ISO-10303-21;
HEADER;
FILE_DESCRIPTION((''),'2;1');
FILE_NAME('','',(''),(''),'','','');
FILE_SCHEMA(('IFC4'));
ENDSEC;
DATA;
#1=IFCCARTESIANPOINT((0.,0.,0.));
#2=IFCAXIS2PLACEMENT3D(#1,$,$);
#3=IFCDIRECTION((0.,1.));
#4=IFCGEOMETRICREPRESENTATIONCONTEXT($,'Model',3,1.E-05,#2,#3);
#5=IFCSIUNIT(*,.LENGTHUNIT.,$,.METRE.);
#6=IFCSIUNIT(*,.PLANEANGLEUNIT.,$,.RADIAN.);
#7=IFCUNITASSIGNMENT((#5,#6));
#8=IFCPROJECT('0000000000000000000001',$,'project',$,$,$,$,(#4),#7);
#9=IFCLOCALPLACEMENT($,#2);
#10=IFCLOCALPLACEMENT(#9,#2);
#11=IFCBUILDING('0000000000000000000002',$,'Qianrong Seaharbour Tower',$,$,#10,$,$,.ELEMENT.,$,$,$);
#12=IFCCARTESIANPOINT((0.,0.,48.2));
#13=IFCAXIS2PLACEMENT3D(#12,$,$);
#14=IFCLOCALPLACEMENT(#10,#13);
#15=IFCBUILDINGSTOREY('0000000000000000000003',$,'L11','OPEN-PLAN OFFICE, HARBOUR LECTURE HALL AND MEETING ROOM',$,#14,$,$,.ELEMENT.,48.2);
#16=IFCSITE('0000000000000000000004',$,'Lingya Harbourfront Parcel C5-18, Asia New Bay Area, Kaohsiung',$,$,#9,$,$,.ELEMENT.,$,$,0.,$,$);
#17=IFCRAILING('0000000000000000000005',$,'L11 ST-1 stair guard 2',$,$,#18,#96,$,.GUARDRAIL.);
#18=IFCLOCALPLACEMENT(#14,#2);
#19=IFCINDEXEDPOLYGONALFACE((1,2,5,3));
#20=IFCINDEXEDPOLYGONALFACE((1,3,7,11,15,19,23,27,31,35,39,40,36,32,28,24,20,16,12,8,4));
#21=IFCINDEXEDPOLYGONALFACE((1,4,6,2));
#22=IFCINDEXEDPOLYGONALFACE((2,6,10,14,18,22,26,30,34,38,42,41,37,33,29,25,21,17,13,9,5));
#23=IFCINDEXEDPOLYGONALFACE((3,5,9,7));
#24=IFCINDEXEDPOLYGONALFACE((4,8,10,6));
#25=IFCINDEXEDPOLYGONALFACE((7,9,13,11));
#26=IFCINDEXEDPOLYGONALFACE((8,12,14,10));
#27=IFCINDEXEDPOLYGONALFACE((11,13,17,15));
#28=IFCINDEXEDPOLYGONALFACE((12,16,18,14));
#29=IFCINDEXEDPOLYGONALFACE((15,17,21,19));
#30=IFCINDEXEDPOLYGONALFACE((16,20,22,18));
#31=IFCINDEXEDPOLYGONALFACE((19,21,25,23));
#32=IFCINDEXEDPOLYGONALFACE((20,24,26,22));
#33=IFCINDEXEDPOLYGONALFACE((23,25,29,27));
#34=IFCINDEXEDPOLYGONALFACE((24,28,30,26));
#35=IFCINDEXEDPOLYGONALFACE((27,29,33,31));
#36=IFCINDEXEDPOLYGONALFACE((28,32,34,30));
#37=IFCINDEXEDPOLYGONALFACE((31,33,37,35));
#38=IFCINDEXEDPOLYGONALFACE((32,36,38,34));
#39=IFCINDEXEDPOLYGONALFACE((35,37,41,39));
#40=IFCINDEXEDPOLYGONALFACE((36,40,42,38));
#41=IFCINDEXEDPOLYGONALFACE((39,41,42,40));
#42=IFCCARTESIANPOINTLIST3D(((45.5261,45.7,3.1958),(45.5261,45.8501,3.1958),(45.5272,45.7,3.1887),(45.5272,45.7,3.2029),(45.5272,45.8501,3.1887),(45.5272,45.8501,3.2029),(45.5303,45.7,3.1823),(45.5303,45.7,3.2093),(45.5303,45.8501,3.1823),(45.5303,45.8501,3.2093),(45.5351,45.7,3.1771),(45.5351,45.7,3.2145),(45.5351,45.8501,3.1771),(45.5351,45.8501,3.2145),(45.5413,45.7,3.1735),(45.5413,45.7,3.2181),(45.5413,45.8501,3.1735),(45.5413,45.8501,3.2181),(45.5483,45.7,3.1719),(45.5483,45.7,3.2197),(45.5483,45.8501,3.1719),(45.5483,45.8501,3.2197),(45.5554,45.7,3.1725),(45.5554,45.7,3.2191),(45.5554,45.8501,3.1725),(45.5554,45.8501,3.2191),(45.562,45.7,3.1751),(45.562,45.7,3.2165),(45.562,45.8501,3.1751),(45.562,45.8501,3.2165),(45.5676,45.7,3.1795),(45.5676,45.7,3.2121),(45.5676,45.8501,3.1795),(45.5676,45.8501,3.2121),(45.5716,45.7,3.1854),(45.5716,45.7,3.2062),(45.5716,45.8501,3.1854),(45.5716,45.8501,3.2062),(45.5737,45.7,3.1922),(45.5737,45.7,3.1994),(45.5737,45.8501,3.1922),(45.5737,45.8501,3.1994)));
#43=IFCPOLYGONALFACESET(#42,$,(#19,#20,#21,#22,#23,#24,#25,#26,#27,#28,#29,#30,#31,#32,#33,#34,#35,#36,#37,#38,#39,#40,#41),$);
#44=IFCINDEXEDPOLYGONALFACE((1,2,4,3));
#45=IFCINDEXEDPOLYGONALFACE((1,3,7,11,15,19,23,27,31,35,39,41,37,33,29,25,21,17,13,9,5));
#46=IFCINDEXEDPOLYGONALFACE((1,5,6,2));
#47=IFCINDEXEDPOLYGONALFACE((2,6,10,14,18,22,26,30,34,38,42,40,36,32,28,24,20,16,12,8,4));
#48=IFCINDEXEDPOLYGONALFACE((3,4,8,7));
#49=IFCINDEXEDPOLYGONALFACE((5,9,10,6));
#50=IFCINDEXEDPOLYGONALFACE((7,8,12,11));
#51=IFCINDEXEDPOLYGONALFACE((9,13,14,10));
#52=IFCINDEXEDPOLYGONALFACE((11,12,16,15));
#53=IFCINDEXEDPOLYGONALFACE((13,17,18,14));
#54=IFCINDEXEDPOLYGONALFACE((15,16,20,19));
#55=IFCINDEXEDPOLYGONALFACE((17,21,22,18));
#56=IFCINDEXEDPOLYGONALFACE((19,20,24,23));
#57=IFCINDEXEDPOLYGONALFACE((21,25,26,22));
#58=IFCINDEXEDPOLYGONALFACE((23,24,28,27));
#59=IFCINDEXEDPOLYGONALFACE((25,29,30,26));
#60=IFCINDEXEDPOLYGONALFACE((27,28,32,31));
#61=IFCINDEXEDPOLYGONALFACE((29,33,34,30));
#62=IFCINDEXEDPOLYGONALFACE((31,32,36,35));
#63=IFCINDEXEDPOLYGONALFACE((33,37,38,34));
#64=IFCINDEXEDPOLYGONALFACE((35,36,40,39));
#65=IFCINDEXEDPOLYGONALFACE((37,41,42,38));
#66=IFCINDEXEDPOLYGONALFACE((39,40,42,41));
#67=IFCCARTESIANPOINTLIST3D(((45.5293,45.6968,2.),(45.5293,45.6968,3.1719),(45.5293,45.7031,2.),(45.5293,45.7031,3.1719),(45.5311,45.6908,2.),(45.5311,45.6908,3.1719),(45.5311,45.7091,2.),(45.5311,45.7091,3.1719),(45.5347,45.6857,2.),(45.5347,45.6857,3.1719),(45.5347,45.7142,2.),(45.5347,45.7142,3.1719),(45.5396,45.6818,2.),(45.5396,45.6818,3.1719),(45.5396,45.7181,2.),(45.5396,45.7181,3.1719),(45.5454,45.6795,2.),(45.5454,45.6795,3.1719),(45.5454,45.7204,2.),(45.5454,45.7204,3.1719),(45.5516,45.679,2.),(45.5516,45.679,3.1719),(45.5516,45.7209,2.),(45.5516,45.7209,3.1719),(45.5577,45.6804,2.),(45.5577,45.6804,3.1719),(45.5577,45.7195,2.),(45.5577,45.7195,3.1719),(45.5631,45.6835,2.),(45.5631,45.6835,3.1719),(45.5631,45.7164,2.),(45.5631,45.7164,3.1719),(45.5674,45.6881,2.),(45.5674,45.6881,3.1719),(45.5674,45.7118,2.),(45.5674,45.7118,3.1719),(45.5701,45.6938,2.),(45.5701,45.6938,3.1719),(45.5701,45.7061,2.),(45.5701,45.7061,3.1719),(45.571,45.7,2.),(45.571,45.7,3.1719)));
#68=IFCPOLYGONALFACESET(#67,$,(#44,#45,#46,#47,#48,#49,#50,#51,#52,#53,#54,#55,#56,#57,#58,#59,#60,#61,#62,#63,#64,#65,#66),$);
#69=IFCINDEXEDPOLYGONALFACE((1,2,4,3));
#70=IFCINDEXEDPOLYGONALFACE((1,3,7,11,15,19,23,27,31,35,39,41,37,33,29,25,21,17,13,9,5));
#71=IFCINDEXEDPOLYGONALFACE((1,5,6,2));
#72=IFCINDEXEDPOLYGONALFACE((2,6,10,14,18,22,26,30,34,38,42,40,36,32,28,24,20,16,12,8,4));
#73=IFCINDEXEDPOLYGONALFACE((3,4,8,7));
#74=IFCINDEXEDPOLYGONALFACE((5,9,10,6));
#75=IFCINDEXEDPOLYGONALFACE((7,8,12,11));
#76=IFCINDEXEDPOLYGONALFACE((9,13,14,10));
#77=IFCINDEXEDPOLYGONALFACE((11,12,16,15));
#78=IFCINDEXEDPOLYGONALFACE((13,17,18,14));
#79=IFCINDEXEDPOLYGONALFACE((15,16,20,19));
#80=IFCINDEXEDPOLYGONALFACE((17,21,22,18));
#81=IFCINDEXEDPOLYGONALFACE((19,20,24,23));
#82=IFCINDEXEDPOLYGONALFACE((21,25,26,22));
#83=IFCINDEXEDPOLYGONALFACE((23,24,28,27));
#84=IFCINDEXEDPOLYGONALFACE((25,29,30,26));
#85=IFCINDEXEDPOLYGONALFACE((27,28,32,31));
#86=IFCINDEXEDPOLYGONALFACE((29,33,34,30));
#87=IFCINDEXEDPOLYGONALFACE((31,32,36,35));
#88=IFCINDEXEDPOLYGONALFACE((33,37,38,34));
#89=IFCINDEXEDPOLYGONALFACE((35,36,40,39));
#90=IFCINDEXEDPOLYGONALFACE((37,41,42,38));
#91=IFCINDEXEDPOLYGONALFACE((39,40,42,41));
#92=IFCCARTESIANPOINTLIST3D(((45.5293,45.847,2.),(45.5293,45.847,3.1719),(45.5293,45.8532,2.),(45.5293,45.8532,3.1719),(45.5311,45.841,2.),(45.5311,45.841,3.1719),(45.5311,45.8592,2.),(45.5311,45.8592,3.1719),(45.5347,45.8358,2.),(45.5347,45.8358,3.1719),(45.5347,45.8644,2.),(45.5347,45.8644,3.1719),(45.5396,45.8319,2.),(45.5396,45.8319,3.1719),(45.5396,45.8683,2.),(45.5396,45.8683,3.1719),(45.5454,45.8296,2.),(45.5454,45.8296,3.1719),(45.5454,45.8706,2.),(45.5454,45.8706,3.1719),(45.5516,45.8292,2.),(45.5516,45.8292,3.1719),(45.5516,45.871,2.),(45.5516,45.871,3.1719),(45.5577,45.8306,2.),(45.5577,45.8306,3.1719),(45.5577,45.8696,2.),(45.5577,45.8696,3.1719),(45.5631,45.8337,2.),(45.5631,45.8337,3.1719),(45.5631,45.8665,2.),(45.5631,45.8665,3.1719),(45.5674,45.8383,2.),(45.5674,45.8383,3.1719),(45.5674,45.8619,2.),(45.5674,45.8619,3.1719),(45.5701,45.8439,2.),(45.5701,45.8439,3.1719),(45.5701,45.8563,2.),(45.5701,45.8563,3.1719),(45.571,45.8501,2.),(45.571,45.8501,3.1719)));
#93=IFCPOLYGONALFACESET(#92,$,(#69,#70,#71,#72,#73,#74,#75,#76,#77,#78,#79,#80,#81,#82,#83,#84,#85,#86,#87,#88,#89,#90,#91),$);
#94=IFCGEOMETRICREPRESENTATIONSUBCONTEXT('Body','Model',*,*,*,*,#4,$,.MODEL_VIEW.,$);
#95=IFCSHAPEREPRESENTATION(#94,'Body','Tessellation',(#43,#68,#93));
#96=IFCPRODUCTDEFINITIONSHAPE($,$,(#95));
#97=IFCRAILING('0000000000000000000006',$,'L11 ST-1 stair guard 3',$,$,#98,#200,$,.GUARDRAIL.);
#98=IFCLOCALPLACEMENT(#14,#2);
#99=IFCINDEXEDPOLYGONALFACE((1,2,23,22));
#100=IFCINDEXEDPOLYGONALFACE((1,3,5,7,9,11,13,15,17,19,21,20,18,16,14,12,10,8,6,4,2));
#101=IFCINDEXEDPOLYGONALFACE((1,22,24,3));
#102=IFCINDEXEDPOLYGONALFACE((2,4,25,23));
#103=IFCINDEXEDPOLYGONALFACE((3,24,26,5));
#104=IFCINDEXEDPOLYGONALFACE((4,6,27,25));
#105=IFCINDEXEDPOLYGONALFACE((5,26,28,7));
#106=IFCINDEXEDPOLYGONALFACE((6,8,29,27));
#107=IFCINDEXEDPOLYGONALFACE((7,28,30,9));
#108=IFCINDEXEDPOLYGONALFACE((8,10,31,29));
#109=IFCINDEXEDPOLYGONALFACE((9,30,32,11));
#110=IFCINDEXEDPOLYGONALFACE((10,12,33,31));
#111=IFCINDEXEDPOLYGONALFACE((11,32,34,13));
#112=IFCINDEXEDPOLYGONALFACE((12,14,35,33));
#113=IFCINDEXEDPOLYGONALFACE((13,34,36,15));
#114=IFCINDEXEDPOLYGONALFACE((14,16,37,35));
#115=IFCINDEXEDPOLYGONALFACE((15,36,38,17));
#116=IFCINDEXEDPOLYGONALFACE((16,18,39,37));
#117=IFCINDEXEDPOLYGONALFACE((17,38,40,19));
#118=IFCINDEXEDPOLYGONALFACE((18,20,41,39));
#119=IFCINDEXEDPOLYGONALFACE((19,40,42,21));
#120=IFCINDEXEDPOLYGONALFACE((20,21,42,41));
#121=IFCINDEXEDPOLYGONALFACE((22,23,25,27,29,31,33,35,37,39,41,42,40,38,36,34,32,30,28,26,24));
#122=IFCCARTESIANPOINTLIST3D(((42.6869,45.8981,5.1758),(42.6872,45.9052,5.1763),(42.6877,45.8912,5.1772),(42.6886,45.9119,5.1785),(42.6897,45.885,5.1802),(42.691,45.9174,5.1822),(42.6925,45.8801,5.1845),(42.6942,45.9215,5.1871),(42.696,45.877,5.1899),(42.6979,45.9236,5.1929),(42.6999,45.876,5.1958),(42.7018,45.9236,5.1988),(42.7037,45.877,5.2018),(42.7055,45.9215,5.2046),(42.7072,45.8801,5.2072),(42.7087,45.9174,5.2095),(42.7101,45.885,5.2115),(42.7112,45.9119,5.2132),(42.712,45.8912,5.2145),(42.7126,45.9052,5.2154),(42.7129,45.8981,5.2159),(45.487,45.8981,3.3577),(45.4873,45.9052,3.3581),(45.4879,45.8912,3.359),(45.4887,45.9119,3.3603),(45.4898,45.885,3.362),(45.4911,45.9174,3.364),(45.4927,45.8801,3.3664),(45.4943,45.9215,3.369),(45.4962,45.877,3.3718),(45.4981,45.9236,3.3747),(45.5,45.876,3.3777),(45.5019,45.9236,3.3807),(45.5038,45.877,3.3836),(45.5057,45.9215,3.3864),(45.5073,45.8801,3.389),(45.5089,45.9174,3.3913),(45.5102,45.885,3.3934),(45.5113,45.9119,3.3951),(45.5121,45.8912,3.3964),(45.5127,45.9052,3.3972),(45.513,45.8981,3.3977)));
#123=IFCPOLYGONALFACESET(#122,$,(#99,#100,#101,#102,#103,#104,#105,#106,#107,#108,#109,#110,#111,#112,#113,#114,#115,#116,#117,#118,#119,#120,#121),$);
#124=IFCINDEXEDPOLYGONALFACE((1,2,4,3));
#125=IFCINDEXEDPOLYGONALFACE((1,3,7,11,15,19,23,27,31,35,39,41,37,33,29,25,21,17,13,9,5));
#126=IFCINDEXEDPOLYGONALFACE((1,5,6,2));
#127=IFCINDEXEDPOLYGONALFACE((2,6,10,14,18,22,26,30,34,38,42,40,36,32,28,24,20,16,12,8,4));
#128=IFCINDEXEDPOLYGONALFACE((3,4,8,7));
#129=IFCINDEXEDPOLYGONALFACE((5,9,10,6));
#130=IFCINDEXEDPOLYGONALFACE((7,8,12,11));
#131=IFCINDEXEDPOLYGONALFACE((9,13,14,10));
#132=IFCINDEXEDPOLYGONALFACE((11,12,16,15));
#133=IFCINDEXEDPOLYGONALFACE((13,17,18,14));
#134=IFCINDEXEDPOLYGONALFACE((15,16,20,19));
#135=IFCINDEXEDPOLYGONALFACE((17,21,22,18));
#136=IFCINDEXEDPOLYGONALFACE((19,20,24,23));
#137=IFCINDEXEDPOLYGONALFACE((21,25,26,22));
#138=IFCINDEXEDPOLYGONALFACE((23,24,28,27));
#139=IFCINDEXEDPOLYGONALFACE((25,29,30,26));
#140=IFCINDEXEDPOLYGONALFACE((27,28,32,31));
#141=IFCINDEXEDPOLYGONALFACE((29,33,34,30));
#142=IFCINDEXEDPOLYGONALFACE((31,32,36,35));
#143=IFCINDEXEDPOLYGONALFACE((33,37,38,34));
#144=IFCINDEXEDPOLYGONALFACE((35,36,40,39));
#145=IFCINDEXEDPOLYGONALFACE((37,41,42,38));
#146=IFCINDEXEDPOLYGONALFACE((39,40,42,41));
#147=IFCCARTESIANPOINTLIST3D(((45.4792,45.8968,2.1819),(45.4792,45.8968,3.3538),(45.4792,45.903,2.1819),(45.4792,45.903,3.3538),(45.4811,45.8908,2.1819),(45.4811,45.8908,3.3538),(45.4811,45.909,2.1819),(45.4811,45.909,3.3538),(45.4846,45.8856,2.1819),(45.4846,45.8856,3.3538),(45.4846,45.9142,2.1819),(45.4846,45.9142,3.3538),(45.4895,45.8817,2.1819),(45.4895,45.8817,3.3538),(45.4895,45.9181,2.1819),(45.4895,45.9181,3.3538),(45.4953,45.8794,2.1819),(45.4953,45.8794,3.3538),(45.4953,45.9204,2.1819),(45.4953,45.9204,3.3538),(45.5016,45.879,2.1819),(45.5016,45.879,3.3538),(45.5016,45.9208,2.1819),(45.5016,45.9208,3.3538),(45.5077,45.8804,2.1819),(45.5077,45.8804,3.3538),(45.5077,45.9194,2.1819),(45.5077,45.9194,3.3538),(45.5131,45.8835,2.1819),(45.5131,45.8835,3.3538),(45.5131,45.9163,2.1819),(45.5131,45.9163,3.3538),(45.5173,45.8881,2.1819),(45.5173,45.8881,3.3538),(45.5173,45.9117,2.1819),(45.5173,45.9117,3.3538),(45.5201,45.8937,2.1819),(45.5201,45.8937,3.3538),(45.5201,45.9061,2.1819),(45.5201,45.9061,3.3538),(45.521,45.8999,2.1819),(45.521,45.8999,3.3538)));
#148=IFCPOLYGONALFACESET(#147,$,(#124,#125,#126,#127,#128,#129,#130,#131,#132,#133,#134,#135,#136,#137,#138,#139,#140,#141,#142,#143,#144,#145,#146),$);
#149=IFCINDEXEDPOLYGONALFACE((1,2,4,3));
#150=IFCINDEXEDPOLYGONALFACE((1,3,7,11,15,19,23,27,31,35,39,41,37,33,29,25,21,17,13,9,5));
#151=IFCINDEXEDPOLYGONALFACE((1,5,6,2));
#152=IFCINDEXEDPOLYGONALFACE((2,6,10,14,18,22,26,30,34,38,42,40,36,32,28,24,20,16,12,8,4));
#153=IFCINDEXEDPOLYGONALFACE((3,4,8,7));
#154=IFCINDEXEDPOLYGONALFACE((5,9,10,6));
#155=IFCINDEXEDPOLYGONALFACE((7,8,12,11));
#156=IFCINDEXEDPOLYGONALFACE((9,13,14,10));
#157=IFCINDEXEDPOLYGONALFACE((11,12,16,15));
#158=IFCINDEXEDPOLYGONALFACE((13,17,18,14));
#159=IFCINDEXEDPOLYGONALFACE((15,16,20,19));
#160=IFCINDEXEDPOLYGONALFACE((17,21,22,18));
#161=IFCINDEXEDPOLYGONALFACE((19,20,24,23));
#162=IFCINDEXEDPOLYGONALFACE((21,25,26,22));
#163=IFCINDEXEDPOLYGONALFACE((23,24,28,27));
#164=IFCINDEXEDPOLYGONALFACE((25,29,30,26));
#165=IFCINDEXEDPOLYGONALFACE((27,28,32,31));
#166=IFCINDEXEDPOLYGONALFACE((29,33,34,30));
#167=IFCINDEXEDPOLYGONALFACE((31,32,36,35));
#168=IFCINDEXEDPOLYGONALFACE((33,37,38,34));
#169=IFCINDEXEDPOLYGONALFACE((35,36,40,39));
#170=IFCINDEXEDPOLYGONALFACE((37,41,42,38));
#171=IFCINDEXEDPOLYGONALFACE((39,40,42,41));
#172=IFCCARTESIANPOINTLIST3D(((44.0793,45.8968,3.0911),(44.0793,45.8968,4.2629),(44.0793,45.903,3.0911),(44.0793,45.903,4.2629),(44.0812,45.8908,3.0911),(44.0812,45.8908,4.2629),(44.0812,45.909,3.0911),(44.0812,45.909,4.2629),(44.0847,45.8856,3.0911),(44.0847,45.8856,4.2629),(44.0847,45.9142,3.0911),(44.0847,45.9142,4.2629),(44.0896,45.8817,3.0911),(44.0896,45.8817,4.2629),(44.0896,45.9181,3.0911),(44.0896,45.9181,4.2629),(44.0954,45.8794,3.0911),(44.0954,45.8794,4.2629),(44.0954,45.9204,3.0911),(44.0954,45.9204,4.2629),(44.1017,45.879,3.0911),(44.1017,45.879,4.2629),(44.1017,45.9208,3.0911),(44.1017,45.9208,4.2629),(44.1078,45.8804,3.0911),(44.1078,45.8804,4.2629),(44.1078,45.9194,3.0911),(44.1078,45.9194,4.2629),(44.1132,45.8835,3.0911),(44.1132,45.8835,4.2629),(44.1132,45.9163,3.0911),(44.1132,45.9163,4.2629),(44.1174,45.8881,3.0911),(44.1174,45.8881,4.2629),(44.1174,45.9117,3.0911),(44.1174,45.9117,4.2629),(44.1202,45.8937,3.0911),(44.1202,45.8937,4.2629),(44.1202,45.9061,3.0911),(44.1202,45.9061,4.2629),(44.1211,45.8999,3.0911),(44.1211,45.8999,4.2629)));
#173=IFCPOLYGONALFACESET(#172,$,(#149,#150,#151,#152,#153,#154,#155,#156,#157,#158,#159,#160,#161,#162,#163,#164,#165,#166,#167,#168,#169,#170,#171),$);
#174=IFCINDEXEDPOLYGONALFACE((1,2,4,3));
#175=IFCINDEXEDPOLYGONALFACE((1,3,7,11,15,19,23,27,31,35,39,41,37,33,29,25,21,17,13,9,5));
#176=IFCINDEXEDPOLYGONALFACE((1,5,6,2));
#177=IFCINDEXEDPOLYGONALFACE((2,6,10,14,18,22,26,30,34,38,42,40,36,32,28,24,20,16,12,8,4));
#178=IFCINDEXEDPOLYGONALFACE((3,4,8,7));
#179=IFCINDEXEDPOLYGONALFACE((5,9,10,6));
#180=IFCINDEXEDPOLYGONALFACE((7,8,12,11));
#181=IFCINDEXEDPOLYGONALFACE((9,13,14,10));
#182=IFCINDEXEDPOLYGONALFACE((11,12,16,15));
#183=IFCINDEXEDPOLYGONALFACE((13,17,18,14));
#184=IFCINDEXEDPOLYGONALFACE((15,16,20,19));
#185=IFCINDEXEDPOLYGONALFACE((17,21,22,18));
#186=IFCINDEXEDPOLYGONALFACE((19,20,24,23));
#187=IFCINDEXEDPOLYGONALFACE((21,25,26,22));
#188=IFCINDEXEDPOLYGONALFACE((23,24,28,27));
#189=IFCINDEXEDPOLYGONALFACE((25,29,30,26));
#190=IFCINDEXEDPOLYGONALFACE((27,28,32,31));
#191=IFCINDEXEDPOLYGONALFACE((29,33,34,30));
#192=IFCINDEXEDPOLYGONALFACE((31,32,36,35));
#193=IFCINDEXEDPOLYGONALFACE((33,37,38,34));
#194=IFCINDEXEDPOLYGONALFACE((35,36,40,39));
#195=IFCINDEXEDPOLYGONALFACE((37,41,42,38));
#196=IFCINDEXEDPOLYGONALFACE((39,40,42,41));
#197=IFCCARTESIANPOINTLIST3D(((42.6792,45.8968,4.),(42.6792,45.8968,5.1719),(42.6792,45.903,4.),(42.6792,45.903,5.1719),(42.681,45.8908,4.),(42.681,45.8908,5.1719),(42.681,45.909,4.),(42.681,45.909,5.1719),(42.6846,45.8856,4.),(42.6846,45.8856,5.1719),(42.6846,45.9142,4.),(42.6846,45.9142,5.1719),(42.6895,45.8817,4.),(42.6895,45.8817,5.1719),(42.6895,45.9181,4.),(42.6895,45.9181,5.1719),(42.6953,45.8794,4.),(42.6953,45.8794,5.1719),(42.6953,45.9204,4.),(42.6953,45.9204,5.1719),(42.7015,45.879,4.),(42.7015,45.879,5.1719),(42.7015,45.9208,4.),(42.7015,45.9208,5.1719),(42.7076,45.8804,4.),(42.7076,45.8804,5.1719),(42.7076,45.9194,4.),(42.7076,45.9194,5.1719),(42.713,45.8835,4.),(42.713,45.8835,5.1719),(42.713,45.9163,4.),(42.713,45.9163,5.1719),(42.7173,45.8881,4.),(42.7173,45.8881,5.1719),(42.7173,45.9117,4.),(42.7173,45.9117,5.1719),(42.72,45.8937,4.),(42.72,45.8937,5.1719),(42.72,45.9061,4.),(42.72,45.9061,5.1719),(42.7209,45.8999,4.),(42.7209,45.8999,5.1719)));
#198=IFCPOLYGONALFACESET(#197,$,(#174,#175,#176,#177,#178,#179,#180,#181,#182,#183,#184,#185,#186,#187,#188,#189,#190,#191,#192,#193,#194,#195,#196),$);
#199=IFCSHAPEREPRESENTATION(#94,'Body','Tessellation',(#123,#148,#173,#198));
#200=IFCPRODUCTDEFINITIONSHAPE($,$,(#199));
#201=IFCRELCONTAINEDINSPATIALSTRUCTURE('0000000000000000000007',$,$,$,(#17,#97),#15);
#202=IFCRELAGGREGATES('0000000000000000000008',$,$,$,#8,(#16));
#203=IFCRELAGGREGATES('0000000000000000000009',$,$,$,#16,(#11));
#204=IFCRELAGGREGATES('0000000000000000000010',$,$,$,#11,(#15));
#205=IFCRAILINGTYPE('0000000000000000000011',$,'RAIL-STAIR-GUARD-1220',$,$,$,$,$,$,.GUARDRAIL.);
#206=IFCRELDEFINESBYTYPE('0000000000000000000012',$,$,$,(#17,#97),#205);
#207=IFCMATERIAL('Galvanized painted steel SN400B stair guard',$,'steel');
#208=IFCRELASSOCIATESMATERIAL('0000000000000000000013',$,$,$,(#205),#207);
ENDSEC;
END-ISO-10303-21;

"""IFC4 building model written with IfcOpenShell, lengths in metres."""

from ifc_helpers import new_model, si_unit, direction, frame, origin, origin_2d, place, context, subcontext, project, spatial, circle, extrude, material, type_object, element, save


model = new_model("IFC4")

# Units and contexts
model_context = context("Model", 3, precision=1e-05, world=origin(), true_north=direction((0.0, 1.0)))
body_context = subcontext(model_context, "Body", "Model", "MODEL_VIEW")
ifc_project = project(units=[si_unit("LENGTHUNIT", "METRE"), si_unit("PLANEANGLEUNIT", "RADIAN")], contexts=[model_context])

# Site, building, storey
site_placement = place(None, origin())
site = spatial("IfcSite", under=ifc_project, at=site_placement, Name="Lingya Harbourfront Parcel C5-18, Asia New Bay Area, Kaohsiung", CompositionType="ELEMENT", RefElevation=0.0)
building_placement = place(site_placement, origin())
building = spatial("IfcBuilding", under=site, at=building_placement, Name="Qianrong Seaharbour Tower", CompositionType="ELEMENT")
storey_placement = place(building_placement, frame((0.0, 0.0, 48.2)))
storey = spatial("IfcBuildingStorey", under=building, at=storey_placement, Name="L11", Description="OPEN-PLAN OFFICE, HARBOUR LECTURE HALL AND MEETING ROOM", CompositionType="ELEMENT", Elevation=48.2)

# Railings
ifc_material_1 = material(Name="Galvanized painted steel SN400B stair guard", Category="steel")
railing_type_1 = type_object("IfcRailingType", Name="RAIL-STAIR-GUARD-1220", PredefinedType="GUARDRAIL", material=ifc_material_1)
railing_1_placement = place(storey_placement, frame((45.55, 45.7, 2.0)))
element("IfcRailing", 1, at=railing_1_placement, inside=storey, type_object=railing_type_1, Name="L11 ST-1 stair guard 2", PredefinedType="GUARDRAIL", context=body_context, shape_type="SweptSolid", body=[
    extrude(circle(Radius=0.0239, at=origin_2d()), frame((0.0, 0.0, 1.1958), z_axis=(0.0, 1.0, 0.0), x_axis=(-1.0, 0.0, 0.0)), (0.0, 0.0, 1.0), 0.1501),
    extrude(circle(Radius=0.021, at=origin_2d()), origin(), (0.0, 0.0, 1.0), 1.1719),
    extrude(circle(Radius=0.021, at=origin_2d()), frame((0.0, 0.1501, 0.0)), (0.0, 0.0, 1.0), 1.1719),
])
railing_2_placement = place(storey_placement, frame((45.5, 45.8999, 2.1819)))
element("IfcRailing", 2, at=railing_2_placement, inside=storey, type_object=railing_type_1, Name="L11 ST-1 stair guard 3", PredefinedType="GUARDRAIL", context=body_context, shape_type="SweptSolid", body=[
    extrude(circle(Radius=0.0239, at=origin_2d()), frame((0.0, 0.0, 1.1958), z_axis=(-0.838706, 0.0, 0.544585), x_axis=(0.0, -1.0, 0.0)), (0.0, 0.0, 1.0), 3.3386),
    extrude(circle(Radius=0.021, at=origin_2d()), origin(), (0.0, 0.0, 1.0), 1.1719),
    extrude(circle(Radius=0.021, at=origin_2d()), frame((-1.3999, 0.0, 0.9092)), (0.0, 0.0, 1.0), 1.1719),
    extrude(circle(Radius=0.021, at=origin_2d()), frame((-2.8, 0.0, 1.8181)), (0.0, 0.0, 1.0), 1.1719),
])

save(model, "model.ifc")
